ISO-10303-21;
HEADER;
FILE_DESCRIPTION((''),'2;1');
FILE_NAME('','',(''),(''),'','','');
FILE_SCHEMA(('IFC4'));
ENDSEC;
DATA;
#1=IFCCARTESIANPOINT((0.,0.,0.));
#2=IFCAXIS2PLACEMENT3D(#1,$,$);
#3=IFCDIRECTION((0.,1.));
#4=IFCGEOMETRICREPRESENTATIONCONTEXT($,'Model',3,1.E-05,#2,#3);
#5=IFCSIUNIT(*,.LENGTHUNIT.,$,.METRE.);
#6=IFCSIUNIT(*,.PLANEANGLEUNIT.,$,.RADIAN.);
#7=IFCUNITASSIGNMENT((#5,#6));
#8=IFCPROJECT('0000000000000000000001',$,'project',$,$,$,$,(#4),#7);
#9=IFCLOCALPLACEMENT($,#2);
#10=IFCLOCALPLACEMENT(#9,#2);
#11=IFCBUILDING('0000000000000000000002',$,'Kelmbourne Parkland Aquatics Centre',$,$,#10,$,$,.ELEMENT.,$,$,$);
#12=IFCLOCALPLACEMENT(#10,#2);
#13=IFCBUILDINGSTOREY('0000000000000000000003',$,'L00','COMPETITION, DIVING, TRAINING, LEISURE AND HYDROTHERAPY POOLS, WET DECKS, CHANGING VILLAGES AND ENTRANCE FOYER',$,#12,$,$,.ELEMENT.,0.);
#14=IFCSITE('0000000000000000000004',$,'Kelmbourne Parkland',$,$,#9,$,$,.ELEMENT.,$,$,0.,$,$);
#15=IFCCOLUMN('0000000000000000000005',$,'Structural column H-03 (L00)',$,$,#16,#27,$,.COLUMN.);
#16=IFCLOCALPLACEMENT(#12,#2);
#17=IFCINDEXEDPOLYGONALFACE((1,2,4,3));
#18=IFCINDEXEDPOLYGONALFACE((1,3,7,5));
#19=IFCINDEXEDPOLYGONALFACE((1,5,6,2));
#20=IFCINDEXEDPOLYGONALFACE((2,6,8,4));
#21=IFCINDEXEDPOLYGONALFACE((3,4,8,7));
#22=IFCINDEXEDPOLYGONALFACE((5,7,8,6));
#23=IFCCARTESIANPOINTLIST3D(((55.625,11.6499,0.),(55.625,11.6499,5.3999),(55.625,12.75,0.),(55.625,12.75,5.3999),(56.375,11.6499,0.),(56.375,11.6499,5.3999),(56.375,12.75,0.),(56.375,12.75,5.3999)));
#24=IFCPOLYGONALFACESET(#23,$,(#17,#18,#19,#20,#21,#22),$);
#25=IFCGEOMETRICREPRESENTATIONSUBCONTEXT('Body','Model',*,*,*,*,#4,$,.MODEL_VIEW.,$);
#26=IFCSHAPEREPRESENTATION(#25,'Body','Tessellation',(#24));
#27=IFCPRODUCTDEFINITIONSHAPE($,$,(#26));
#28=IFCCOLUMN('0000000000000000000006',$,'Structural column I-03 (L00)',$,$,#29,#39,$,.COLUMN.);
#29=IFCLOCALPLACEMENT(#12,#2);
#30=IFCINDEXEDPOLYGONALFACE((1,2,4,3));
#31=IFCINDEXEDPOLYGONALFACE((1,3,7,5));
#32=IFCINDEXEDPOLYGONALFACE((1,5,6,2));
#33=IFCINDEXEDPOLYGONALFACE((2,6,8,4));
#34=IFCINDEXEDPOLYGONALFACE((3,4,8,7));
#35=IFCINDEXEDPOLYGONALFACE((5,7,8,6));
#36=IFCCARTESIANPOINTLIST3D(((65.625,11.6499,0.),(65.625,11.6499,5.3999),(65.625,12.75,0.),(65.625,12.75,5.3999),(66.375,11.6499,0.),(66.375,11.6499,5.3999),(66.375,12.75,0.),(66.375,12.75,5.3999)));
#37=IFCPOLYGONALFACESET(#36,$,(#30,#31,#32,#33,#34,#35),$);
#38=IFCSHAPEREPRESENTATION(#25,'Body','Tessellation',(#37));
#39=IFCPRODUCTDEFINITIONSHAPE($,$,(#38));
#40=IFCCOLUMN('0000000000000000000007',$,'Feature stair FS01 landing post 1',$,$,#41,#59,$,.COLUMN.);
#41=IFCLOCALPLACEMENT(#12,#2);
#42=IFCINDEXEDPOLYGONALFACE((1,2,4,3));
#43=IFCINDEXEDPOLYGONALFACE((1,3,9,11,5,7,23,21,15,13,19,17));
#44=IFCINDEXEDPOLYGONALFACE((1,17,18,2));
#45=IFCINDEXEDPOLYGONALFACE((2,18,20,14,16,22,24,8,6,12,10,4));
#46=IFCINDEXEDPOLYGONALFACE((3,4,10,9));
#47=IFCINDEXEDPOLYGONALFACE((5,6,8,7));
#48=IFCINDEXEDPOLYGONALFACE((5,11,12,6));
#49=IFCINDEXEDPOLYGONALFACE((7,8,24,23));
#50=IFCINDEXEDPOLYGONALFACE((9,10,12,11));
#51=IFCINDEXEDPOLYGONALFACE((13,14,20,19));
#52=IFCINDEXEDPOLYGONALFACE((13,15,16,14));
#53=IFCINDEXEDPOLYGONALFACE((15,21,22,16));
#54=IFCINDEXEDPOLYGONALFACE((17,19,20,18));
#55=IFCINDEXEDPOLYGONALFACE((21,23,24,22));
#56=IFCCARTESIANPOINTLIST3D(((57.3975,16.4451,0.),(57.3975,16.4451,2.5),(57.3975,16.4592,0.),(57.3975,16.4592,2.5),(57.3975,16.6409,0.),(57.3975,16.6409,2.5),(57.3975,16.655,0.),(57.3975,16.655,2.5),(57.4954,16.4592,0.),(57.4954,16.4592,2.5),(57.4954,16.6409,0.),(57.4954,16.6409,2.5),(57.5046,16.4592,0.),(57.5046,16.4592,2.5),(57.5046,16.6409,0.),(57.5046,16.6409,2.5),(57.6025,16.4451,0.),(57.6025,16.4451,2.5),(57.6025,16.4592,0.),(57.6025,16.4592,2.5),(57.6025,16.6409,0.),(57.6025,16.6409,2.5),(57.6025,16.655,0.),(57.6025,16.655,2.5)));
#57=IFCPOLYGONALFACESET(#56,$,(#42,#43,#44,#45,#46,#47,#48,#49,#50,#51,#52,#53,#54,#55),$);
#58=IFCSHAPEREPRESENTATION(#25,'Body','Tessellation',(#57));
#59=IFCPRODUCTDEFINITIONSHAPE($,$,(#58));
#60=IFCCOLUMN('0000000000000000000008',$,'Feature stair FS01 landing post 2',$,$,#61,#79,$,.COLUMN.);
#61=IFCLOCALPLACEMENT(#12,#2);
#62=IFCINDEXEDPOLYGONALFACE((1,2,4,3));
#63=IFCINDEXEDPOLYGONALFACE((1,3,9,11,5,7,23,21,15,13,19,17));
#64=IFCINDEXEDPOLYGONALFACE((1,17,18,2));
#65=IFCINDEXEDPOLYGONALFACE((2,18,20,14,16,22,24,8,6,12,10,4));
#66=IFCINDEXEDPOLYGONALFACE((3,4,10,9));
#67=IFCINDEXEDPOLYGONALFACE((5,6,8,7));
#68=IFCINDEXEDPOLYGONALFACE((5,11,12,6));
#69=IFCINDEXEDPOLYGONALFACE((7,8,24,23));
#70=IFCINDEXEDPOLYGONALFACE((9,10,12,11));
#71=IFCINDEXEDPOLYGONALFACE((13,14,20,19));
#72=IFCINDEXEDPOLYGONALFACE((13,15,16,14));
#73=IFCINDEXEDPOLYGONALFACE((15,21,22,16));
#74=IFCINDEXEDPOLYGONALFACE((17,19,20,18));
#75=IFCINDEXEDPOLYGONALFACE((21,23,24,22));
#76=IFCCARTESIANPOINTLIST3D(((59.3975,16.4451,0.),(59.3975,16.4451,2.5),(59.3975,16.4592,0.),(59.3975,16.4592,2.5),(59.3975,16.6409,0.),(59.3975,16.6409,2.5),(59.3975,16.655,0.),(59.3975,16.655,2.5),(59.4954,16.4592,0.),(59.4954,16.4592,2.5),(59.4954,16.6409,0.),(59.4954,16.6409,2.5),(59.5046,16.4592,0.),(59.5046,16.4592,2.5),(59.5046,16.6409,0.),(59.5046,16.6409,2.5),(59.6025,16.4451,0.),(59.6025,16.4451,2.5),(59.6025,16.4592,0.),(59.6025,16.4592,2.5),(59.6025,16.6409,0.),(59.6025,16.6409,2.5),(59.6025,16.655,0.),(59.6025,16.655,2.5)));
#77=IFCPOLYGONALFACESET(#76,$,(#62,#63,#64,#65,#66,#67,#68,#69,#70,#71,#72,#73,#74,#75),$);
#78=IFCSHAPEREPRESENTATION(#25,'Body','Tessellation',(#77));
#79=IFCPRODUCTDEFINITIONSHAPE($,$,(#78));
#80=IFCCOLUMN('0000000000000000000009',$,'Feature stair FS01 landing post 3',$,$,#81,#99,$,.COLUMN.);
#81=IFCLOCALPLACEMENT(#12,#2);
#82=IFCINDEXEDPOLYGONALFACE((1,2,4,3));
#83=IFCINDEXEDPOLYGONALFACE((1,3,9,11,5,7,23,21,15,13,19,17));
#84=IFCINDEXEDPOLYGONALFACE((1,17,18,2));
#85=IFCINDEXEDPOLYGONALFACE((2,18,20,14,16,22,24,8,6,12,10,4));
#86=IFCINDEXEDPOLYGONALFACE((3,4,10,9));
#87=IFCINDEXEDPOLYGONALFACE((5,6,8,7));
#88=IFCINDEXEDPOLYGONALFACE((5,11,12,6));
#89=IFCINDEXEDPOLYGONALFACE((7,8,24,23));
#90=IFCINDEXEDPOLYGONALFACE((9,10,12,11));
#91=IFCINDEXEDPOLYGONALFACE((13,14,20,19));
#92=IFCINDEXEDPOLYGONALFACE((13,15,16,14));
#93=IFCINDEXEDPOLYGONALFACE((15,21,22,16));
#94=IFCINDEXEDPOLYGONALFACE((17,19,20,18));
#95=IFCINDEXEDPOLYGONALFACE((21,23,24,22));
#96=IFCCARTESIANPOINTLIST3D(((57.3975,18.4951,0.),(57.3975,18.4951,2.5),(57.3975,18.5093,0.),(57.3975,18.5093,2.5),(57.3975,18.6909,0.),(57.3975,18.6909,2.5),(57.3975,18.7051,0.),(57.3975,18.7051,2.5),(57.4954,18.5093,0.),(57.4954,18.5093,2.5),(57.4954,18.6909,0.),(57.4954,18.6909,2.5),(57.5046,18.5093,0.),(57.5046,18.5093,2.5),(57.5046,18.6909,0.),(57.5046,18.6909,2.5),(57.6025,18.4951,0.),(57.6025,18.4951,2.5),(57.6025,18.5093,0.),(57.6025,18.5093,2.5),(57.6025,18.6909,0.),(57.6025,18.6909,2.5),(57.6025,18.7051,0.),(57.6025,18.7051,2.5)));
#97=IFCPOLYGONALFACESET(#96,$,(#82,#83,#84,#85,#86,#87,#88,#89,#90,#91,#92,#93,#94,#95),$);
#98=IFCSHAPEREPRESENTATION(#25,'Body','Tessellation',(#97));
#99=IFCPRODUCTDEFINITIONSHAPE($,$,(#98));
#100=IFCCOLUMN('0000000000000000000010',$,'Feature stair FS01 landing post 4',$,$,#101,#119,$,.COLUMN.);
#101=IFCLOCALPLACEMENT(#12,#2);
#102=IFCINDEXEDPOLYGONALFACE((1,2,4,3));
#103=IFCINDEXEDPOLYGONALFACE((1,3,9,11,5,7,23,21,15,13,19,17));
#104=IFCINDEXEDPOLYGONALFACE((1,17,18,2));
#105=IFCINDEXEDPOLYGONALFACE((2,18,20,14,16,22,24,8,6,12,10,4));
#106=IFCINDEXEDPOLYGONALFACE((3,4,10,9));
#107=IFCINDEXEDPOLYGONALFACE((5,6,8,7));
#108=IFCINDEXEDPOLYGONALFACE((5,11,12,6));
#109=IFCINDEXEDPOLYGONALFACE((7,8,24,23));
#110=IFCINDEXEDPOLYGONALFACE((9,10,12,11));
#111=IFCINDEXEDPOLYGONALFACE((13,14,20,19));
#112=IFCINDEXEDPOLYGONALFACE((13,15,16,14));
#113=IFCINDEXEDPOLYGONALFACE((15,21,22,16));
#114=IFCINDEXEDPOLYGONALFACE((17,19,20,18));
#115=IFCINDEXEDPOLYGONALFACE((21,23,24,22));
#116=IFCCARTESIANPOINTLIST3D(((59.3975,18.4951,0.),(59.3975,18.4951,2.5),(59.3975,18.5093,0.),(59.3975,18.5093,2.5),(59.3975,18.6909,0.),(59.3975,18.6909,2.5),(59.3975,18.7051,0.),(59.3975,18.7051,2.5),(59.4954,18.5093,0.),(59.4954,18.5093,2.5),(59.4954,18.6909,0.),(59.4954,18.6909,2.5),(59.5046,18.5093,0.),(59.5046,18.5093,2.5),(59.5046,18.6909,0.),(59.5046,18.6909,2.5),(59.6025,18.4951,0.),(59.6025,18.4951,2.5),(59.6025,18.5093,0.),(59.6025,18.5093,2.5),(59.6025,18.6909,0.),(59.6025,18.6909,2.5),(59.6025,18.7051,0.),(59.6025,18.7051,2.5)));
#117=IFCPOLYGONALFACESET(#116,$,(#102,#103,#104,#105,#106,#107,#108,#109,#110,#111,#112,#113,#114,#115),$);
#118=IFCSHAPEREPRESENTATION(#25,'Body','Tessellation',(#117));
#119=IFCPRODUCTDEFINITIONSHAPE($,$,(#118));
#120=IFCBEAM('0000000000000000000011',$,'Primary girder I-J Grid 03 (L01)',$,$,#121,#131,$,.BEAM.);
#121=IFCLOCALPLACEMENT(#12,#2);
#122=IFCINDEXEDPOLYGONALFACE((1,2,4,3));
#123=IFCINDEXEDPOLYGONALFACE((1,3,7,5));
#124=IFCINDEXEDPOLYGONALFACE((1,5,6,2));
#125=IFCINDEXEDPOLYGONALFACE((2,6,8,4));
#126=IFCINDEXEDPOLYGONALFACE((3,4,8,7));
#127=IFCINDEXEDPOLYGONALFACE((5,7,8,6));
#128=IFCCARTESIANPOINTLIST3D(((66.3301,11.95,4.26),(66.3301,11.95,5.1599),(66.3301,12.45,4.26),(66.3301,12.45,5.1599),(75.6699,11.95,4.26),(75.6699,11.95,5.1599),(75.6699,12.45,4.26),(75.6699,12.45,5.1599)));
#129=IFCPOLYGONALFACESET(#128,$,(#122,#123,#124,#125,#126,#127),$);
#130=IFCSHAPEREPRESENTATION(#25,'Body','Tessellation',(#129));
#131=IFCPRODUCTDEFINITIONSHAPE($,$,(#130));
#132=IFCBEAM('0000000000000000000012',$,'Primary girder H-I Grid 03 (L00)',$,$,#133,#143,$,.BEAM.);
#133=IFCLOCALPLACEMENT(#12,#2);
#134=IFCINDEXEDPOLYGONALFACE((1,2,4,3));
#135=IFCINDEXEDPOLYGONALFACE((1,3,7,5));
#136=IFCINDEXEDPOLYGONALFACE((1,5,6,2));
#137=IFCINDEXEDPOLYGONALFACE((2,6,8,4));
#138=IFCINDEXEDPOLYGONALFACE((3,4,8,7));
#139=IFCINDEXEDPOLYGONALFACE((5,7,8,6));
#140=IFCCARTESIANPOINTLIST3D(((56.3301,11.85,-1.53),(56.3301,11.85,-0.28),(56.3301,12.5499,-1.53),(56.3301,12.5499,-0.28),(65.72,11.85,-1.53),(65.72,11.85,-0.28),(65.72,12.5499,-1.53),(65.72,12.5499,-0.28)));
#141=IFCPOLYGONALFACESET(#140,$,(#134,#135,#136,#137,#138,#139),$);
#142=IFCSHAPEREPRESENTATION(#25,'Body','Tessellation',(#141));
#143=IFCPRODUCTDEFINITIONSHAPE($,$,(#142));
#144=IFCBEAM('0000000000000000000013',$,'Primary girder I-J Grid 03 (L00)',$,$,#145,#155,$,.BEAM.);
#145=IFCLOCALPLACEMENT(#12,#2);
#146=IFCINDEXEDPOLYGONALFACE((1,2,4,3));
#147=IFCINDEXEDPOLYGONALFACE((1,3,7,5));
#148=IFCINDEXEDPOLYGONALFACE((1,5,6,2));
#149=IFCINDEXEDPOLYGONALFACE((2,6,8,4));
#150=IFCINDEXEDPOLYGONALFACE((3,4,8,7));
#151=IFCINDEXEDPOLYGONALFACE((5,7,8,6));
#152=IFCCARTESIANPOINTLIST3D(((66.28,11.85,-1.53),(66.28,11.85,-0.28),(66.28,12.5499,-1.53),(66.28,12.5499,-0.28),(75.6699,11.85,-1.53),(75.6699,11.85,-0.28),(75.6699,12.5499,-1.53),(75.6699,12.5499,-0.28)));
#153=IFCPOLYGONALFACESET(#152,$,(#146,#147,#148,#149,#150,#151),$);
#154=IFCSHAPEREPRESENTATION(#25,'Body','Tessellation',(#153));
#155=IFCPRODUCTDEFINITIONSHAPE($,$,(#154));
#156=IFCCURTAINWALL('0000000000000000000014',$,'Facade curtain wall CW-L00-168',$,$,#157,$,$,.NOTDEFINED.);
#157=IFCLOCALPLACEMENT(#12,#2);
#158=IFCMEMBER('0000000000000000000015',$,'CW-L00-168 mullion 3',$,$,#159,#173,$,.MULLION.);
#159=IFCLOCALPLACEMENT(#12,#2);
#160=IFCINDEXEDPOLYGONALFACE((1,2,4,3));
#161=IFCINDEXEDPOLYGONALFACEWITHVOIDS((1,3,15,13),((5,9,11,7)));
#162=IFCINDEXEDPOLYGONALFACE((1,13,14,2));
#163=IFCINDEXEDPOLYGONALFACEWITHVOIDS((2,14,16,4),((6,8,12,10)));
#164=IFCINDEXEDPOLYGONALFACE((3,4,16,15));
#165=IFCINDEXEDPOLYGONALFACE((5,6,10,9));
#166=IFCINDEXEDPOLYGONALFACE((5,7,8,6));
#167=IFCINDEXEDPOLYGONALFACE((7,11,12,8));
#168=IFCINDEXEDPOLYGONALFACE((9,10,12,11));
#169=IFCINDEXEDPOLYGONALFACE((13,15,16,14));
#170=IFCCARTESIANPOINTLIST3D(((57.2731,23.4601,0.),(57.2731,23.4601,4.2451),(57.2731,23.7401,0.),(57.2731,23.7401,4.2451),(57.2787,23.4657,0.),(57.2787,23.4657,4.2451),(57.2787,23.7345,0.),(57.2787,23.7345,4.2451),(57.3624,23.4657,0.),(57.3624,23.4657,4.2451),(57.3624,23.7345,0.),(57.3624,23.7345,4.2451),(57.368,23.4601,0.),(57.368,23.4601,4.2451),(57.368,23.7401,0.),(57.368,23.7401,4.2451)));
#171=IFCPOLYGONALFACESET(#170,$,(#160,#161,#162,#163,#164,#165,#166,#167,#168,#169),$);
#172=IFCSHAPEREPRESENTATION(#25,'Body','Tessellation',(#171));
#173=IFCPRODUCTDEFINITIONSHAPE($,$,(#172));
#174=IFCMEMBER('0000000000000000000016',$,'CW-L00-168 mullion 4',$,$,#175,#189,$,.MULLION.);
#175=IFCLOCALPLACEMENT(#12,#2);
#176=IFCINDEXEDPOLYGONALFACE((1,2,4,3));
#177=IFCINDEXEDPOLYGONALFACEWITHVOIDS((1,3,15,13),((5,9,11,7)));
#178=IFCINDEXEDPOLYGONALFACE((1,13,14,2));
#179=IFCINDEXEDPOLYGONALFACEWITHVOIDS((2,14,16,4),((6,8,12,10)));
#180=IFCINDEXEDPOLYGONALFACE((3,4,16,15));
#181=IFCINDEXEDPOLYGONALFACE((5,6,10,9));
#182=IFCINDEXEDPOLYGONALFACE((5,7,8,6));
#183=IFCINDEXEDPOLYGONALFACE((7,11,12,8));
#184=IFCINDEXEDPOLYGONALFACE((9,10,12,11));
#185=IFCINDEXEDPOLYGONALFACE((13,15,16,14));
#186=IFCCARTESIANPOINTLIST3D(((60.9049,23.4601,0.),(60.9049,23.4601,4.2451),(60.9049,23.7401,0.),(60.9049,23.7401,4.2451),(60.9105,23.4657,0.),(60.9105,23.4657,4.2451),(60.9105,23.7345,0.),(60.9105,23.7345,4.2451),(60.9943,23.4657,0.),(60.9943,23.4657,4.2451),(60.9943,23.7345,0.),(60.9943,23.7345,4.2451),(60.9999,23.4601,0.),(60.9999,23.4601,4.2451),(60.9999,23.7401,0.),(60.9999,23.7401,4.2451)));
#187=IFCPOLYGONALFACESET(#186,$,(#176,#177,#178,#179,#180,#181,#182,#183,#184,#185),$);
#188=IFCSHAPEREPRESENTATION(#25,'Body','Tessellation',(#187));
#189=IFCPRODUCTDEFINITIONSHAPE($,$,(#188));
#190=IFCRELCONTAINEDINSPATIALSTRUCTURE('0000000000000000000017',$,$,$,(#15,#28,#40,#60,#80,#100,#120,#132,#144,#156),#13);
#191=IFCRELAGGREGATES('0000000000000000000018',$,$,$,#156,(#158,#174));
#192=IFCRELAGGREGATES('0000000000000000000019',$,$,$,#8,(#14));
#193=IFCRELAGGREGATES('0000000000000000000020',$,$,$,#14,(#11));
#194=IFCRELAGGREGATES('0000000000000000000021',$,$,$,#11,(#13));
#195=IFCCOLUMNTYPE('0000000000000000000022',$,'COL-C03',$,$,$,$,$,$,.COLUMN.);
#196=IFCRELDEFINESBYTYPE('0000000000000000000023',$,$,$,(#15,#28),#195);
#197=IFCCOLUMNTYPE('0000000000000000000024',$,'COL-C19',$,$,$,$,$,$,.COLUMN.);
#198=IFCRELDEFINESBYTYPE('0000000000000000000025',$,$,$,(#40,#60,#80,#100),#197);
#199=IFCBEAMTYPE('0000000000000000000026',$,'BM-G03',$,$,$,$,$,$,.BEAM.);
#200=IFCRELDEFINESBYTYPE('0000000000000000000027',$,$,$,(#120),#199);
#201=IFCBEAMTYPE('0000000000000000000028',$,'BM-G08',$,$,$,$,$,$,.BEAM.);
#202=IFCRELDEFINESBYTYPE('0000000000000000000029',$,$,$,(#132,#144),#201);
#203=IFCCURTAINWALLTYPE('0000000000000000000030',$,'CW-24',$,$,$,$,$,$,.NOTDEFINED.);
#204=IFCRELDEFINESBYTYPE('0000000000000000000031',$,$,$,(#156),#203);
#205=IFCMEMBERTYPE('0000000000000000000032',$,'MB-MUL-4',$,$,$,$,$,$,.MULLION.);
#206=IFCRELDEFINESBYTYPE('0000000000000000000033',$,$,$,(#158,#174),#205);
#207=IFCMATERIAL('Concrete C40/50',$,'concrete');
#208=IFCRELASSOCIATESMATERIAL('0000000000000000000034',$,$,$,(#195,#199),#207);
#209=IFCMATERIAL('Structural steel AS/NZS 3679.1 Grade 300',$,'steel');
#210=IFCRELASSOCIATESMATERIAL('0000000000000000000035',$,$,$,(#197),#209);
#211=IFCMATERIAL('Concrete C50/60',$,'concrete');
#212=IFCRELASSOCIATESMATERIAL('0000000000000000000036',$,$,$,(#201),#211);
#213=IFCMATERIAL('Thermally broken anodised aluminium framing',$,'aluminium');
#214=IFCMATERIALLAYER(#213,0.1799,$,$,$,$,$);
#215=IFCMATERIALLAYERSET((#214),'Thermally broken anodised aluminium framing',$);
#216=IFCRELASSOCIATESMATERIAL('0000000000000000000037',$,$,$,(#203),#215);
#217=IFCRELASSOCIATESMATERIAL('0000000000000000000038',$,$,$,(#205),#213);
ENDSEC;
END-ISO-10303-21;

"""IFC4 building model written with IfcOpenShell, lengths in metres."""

from ifc_helpers import new_model, si_unit, direction, frame, origin, origin_2d, place, context, subcontext, project, spatial, rectangle, hollow_rectangle, i_section, extrude, material, layer, layer_set, material_profile, profile_set, type_object, element, aggregate, save


model = new_model("IFC4")

# Units and contexts
model_context = context("Model", 3, precision=1e-05, world=origin(), true_north=direction((0.0, 1.0)))
body_context = subcontext(model_context, "Body", "Model", "MODEL_VIEW")
ifc_project = project(units=[si_unit("LENGTHUNIT", "METRE"), si_unit("PLANEANGLEUNIT", "RADIAN")], contexts=[model_context])

# Site, building, storey
site_placement = place(None, origin())
site = spatial("IfcSite", under=ifc_project, at=site_placement, Name="Kelmbourne Parkland", CompositionType="ELEMENT", RefElevation=0.0)
building_placement = place(site_placement, origin())
building = spatial("IfcBuilding", under=site, at=building_placement, Name="Kelmbourne Parkland Aquatics Centre", CompositionType="ELEMENT")
storey_placement = place(building_placement, origin())
storey = spatial("IfcBuildingStorey", under=building, at=storey_placement, Name="L00", Description="COMPETITION, DIVING, TRAINING, LEISURE AND HYDROTHERAPY POOLS, WET DECKS, CHANGING VILLAGES AND ENTRANCE FOYER", CompositionType="ELEMENT", Elevation=0.0)

# Columns
ifc_material_1 = material(Name="Concrete C40/50", Category="concrete")
ifc_material_profile_1 = material_profile(ifc_material_1, rectangle(XDim=0.75, YDim=1.1001, at=origin_2d()), Name="RC 750x1100")
ifc_profile_set_1 = profile_set([ifc_material_profile_1], Name="Concrete C40/50")
column_type_1 = type_object("IfcColumnType", Name="COL-C03", PredefinedType="COLUMN", material=ifc_profile_set_1)
for number, where, z_axis, x_axis, name in (
    (1, (56.0, 12.2, 0.0), (0.0, 0.0, 1.0), (1.0, 0.0, 0.0), "Structural column H-03 (L00)"),
    (2, (66.0, 12.2, 0.0), (0.0, 0.0, 1.0), (1.0, 0.0, 0.0), "Structural column I-03 (L00)"),
):
    element("IfcColumn", number, at=place(storey_placement, frame(where, z_axis=z_axis, x_axis=x_axis)), inside=storey, type_object=column_type_1, Name=name, PredefinedType="COLUMN", context=body_context, shape_type="SweptSolid", body=[
        extrude(rectangle(XDim=0.75, YDim=1.1001, at=origin_2d()), origin(), (0.0, 0.0, 1.0), 5.3999),
    ])
ifc_material_2 = material(Name="Structural steel AS/NZS 3679.1 Grade 300", Category="steel")
ifc_material_profile_2 = material_profile(ifc_material_2, i_section(OverallWidth=0.2051, OverallDepth=0.21, WebThickness=0.0093, FlangeThickness=0.0142, at=origin_2d()), Name="200UC59.5")
ifc_profile_set_2 = profile_set([ifc_material_profile_2], Name="Structural steel AS/NZS 3679.1 Grade 300")
column_type_2 = type_object("IfcColumnType", Name="COL-C19", PredefinedType="COLUMN", material=ifc_profile_set_2)
for number, where, z_axis, x_axis, name in (
    (3, (57.5, 16.55, 0.0), (0.0, 0.0, 1.0), (1.0, 0.0, 0.0), "Feature stair FS01 landing post 1"),
    (4, (59.5, 16.55, 0.0), (0.0, 0.0, 1.0), (1.0, 0.0, 0.0), "Feature stair FS01 landing post 2"),
    (5, (57.5, 18.6001, 0.0), (0.0, 0.0, 1.0), (1.0, 0.0, 0.0), "Feature stair FS01 landing post 3"),
    (6, (59.5, 18.6001, 0.0), (0.0, 0.0, 1.0), (1.0, 0.0, 0.0), "Feature stair FS01 landing post 4"),
):
    element("IfcColumn", number, at=place(storey_placement, frame(where, z_axis=z_axis, x_axis=x_axis)), inside=storey, type_object=column_type_2, Name=name, PredefinedType="COLUMN", context=body_context, shape_type="SweptSolid", body=[
        extrude(i_section(OverallWidth=0.2051, OverallDepth=0.21, WebThickness=0.0093, FlangeThickness=0.0142, at=origin_2d()), origin(), (0.0, 0.0, 1.0), 2.5),
    ])

# Beams
ifc_material_profile_3 = material_profile(ifc_material_1, rectangle(XDim=0.5, YDim=0.8999, at=origin_2d()), Name="RC 500x900")
ifc_profile_set_3 = profile_set([ifc_material_profile_3], Name="Concrete C40/50")
beam_type_1 = type_object("IfcBeamType", Name="BM-G03", PredefinedType="BEAM", material=ifc_profile_set_3)
beam_placement = place(storey_placement, frame((66.3301, 12.2, 4.71), z_axis=(1.0, 0.0, 0.0), x_axis=(0.0, 1.0, 0.0)))
element("IfcBeam", 7, at=beam_placement, inside=storey, type_object=beam_type_1, Name="Primary girder I-J Grid 03 (L01)", PredefinedType="BEAM", context=body_context, shape_type="SweptSolid", body=[
    extrude(rectangle(XDim=0.5, YDim=0.8999, at=origin_2d()), origin(), (0.0, 0.0, 1.0), 9.3398),
])
ifc_material_3 = material(Name="Concrete C50/60", Category="concrete")
ifc_material_profile_4 = material_profile(ifc_material_3, rectangle(XDim=0.7, YDim=1.25, at=origin_2d()), Name="RC 700x1250")
ifc_profile_set_4 = profile_set([ifc_material_profile_4], Name="Concrete C50/60")
beam_type_2 = type_object("IfcBeamType", Name="BM-G08", PredefinedType="BEAM", material=ifc_profile_set_4)
for number, where, z_axis, x_axis, name in (
    (8, (56.3301, 12.2, -0.905), (1.0, 0.0, 0.0), (0.0, 1.0, 0.0), "Primary girder H-I Grid 03 (L00)"),
    (9, (66.28, 12.2, -0.905), (1.0, 0.0, 0.0), (0.0, 1.0, 0.0), "Primary girder I-J Grid 03 (L00)"),
):
    element("IfcBeam", number, at=place(storey_placement, frame(where, z_axis=z_axis, x_axis=x_axis)), inside=storey, type_object=beam_type_2, Name=name, PredefinedType="BEAM", context=body_context, shape_type="SweptSolid", body=[
        extrude(rectangle(XDim=0.7, YDim=1.25, at=origin_2d()), origin(), (0.0, 0.0, 1.0), 9.3899),
    ])

# Curtain wall, members
ifc_material_4 = material(Name="Thermally broken anodised aluminium framing", Category="aluminium")
ifc_layer_1 = layer(ifc_material_4, 0.1799)
ifc_layer_set_1 = layer_set([ifc_layer_1], Name="Thermally broken anodised aluminium framing")
curtain_wall_type_1 = type_object("IfcCurtainWallType", Name="CW-24", PredefinedType="NOTDEFINED", material=ifc_layer_set_1)
curtain_wall_1_placement = place(storey_placement, origin())
curtain_wall_1 = element("IfcCurtainWall", 10, at=curtain_wall_1_placement, inside=storey, type_object=curtain_wall_type_1, Name="Facade curtain wall CW-L00-168", PredefinedType="NOTDEFINED")
ifc_material_profile_5 = material_profile(ifc_material_4, hollow_rectangle(XDim=0.095, YDim=0.28, WallThickness=0.0056, at=origin_2d()), Name="CW-M 95x280")
ifc_profile_set_5 = profile_set([ifc_material_profile_5], Name="Thermally broken anodised aluminium framing")
member_type_1 = type_object("IfcMemberType", Name="MB-MUL-4", PredefinedType="MULLION", material=ifc_profile_set_5)
member_1_placement = place(storey_placement, frame((57.3206, 23.6001, 0.0), z_axis=(0.0, 0.0, 1.0), x_axis=(1.0, 0.0, 0.0)))
member_1 = element("IfcMember", 11, at=member_1_placement, type_object=member_type_1, Name="CW-L00-168 mullion 3", PredefinedType="MULLION", context=body_context, shape_type="SweptSolid", body=[
    extrude(hollow_rectangle(XDim=0.095, YDim=0.28, WallThickness=0.0056, at=origin_2d()), origin(), (0.0, 0.0, 1.0), 4.2451),
])
member_2_placement = place(storey_placement, frame((60.9524, 23.6001, 0.0), z_axis=(0.0, 0.0, 1.0), x_axis=(1.0, 0.0, 0.0)))
member_2 = element("IfcMember", 12, at=member_2_placement, type_object=member_type_1, Name="CW-L00-168 mullion 4", PredefinedType="MULLION", context=body_context, shape_type="SweptSolid", body=[
    extrude(hollow_rectangle(XDim=0.095, YDim=0.28, WallThickness=0.0056, at=origin_2d()), origin(), (0.0, 0.0, 1.0), 4.2451),
])

aggregate(curtain_wall_1, [member_1, member_2])

save(model, "model.ifc")
